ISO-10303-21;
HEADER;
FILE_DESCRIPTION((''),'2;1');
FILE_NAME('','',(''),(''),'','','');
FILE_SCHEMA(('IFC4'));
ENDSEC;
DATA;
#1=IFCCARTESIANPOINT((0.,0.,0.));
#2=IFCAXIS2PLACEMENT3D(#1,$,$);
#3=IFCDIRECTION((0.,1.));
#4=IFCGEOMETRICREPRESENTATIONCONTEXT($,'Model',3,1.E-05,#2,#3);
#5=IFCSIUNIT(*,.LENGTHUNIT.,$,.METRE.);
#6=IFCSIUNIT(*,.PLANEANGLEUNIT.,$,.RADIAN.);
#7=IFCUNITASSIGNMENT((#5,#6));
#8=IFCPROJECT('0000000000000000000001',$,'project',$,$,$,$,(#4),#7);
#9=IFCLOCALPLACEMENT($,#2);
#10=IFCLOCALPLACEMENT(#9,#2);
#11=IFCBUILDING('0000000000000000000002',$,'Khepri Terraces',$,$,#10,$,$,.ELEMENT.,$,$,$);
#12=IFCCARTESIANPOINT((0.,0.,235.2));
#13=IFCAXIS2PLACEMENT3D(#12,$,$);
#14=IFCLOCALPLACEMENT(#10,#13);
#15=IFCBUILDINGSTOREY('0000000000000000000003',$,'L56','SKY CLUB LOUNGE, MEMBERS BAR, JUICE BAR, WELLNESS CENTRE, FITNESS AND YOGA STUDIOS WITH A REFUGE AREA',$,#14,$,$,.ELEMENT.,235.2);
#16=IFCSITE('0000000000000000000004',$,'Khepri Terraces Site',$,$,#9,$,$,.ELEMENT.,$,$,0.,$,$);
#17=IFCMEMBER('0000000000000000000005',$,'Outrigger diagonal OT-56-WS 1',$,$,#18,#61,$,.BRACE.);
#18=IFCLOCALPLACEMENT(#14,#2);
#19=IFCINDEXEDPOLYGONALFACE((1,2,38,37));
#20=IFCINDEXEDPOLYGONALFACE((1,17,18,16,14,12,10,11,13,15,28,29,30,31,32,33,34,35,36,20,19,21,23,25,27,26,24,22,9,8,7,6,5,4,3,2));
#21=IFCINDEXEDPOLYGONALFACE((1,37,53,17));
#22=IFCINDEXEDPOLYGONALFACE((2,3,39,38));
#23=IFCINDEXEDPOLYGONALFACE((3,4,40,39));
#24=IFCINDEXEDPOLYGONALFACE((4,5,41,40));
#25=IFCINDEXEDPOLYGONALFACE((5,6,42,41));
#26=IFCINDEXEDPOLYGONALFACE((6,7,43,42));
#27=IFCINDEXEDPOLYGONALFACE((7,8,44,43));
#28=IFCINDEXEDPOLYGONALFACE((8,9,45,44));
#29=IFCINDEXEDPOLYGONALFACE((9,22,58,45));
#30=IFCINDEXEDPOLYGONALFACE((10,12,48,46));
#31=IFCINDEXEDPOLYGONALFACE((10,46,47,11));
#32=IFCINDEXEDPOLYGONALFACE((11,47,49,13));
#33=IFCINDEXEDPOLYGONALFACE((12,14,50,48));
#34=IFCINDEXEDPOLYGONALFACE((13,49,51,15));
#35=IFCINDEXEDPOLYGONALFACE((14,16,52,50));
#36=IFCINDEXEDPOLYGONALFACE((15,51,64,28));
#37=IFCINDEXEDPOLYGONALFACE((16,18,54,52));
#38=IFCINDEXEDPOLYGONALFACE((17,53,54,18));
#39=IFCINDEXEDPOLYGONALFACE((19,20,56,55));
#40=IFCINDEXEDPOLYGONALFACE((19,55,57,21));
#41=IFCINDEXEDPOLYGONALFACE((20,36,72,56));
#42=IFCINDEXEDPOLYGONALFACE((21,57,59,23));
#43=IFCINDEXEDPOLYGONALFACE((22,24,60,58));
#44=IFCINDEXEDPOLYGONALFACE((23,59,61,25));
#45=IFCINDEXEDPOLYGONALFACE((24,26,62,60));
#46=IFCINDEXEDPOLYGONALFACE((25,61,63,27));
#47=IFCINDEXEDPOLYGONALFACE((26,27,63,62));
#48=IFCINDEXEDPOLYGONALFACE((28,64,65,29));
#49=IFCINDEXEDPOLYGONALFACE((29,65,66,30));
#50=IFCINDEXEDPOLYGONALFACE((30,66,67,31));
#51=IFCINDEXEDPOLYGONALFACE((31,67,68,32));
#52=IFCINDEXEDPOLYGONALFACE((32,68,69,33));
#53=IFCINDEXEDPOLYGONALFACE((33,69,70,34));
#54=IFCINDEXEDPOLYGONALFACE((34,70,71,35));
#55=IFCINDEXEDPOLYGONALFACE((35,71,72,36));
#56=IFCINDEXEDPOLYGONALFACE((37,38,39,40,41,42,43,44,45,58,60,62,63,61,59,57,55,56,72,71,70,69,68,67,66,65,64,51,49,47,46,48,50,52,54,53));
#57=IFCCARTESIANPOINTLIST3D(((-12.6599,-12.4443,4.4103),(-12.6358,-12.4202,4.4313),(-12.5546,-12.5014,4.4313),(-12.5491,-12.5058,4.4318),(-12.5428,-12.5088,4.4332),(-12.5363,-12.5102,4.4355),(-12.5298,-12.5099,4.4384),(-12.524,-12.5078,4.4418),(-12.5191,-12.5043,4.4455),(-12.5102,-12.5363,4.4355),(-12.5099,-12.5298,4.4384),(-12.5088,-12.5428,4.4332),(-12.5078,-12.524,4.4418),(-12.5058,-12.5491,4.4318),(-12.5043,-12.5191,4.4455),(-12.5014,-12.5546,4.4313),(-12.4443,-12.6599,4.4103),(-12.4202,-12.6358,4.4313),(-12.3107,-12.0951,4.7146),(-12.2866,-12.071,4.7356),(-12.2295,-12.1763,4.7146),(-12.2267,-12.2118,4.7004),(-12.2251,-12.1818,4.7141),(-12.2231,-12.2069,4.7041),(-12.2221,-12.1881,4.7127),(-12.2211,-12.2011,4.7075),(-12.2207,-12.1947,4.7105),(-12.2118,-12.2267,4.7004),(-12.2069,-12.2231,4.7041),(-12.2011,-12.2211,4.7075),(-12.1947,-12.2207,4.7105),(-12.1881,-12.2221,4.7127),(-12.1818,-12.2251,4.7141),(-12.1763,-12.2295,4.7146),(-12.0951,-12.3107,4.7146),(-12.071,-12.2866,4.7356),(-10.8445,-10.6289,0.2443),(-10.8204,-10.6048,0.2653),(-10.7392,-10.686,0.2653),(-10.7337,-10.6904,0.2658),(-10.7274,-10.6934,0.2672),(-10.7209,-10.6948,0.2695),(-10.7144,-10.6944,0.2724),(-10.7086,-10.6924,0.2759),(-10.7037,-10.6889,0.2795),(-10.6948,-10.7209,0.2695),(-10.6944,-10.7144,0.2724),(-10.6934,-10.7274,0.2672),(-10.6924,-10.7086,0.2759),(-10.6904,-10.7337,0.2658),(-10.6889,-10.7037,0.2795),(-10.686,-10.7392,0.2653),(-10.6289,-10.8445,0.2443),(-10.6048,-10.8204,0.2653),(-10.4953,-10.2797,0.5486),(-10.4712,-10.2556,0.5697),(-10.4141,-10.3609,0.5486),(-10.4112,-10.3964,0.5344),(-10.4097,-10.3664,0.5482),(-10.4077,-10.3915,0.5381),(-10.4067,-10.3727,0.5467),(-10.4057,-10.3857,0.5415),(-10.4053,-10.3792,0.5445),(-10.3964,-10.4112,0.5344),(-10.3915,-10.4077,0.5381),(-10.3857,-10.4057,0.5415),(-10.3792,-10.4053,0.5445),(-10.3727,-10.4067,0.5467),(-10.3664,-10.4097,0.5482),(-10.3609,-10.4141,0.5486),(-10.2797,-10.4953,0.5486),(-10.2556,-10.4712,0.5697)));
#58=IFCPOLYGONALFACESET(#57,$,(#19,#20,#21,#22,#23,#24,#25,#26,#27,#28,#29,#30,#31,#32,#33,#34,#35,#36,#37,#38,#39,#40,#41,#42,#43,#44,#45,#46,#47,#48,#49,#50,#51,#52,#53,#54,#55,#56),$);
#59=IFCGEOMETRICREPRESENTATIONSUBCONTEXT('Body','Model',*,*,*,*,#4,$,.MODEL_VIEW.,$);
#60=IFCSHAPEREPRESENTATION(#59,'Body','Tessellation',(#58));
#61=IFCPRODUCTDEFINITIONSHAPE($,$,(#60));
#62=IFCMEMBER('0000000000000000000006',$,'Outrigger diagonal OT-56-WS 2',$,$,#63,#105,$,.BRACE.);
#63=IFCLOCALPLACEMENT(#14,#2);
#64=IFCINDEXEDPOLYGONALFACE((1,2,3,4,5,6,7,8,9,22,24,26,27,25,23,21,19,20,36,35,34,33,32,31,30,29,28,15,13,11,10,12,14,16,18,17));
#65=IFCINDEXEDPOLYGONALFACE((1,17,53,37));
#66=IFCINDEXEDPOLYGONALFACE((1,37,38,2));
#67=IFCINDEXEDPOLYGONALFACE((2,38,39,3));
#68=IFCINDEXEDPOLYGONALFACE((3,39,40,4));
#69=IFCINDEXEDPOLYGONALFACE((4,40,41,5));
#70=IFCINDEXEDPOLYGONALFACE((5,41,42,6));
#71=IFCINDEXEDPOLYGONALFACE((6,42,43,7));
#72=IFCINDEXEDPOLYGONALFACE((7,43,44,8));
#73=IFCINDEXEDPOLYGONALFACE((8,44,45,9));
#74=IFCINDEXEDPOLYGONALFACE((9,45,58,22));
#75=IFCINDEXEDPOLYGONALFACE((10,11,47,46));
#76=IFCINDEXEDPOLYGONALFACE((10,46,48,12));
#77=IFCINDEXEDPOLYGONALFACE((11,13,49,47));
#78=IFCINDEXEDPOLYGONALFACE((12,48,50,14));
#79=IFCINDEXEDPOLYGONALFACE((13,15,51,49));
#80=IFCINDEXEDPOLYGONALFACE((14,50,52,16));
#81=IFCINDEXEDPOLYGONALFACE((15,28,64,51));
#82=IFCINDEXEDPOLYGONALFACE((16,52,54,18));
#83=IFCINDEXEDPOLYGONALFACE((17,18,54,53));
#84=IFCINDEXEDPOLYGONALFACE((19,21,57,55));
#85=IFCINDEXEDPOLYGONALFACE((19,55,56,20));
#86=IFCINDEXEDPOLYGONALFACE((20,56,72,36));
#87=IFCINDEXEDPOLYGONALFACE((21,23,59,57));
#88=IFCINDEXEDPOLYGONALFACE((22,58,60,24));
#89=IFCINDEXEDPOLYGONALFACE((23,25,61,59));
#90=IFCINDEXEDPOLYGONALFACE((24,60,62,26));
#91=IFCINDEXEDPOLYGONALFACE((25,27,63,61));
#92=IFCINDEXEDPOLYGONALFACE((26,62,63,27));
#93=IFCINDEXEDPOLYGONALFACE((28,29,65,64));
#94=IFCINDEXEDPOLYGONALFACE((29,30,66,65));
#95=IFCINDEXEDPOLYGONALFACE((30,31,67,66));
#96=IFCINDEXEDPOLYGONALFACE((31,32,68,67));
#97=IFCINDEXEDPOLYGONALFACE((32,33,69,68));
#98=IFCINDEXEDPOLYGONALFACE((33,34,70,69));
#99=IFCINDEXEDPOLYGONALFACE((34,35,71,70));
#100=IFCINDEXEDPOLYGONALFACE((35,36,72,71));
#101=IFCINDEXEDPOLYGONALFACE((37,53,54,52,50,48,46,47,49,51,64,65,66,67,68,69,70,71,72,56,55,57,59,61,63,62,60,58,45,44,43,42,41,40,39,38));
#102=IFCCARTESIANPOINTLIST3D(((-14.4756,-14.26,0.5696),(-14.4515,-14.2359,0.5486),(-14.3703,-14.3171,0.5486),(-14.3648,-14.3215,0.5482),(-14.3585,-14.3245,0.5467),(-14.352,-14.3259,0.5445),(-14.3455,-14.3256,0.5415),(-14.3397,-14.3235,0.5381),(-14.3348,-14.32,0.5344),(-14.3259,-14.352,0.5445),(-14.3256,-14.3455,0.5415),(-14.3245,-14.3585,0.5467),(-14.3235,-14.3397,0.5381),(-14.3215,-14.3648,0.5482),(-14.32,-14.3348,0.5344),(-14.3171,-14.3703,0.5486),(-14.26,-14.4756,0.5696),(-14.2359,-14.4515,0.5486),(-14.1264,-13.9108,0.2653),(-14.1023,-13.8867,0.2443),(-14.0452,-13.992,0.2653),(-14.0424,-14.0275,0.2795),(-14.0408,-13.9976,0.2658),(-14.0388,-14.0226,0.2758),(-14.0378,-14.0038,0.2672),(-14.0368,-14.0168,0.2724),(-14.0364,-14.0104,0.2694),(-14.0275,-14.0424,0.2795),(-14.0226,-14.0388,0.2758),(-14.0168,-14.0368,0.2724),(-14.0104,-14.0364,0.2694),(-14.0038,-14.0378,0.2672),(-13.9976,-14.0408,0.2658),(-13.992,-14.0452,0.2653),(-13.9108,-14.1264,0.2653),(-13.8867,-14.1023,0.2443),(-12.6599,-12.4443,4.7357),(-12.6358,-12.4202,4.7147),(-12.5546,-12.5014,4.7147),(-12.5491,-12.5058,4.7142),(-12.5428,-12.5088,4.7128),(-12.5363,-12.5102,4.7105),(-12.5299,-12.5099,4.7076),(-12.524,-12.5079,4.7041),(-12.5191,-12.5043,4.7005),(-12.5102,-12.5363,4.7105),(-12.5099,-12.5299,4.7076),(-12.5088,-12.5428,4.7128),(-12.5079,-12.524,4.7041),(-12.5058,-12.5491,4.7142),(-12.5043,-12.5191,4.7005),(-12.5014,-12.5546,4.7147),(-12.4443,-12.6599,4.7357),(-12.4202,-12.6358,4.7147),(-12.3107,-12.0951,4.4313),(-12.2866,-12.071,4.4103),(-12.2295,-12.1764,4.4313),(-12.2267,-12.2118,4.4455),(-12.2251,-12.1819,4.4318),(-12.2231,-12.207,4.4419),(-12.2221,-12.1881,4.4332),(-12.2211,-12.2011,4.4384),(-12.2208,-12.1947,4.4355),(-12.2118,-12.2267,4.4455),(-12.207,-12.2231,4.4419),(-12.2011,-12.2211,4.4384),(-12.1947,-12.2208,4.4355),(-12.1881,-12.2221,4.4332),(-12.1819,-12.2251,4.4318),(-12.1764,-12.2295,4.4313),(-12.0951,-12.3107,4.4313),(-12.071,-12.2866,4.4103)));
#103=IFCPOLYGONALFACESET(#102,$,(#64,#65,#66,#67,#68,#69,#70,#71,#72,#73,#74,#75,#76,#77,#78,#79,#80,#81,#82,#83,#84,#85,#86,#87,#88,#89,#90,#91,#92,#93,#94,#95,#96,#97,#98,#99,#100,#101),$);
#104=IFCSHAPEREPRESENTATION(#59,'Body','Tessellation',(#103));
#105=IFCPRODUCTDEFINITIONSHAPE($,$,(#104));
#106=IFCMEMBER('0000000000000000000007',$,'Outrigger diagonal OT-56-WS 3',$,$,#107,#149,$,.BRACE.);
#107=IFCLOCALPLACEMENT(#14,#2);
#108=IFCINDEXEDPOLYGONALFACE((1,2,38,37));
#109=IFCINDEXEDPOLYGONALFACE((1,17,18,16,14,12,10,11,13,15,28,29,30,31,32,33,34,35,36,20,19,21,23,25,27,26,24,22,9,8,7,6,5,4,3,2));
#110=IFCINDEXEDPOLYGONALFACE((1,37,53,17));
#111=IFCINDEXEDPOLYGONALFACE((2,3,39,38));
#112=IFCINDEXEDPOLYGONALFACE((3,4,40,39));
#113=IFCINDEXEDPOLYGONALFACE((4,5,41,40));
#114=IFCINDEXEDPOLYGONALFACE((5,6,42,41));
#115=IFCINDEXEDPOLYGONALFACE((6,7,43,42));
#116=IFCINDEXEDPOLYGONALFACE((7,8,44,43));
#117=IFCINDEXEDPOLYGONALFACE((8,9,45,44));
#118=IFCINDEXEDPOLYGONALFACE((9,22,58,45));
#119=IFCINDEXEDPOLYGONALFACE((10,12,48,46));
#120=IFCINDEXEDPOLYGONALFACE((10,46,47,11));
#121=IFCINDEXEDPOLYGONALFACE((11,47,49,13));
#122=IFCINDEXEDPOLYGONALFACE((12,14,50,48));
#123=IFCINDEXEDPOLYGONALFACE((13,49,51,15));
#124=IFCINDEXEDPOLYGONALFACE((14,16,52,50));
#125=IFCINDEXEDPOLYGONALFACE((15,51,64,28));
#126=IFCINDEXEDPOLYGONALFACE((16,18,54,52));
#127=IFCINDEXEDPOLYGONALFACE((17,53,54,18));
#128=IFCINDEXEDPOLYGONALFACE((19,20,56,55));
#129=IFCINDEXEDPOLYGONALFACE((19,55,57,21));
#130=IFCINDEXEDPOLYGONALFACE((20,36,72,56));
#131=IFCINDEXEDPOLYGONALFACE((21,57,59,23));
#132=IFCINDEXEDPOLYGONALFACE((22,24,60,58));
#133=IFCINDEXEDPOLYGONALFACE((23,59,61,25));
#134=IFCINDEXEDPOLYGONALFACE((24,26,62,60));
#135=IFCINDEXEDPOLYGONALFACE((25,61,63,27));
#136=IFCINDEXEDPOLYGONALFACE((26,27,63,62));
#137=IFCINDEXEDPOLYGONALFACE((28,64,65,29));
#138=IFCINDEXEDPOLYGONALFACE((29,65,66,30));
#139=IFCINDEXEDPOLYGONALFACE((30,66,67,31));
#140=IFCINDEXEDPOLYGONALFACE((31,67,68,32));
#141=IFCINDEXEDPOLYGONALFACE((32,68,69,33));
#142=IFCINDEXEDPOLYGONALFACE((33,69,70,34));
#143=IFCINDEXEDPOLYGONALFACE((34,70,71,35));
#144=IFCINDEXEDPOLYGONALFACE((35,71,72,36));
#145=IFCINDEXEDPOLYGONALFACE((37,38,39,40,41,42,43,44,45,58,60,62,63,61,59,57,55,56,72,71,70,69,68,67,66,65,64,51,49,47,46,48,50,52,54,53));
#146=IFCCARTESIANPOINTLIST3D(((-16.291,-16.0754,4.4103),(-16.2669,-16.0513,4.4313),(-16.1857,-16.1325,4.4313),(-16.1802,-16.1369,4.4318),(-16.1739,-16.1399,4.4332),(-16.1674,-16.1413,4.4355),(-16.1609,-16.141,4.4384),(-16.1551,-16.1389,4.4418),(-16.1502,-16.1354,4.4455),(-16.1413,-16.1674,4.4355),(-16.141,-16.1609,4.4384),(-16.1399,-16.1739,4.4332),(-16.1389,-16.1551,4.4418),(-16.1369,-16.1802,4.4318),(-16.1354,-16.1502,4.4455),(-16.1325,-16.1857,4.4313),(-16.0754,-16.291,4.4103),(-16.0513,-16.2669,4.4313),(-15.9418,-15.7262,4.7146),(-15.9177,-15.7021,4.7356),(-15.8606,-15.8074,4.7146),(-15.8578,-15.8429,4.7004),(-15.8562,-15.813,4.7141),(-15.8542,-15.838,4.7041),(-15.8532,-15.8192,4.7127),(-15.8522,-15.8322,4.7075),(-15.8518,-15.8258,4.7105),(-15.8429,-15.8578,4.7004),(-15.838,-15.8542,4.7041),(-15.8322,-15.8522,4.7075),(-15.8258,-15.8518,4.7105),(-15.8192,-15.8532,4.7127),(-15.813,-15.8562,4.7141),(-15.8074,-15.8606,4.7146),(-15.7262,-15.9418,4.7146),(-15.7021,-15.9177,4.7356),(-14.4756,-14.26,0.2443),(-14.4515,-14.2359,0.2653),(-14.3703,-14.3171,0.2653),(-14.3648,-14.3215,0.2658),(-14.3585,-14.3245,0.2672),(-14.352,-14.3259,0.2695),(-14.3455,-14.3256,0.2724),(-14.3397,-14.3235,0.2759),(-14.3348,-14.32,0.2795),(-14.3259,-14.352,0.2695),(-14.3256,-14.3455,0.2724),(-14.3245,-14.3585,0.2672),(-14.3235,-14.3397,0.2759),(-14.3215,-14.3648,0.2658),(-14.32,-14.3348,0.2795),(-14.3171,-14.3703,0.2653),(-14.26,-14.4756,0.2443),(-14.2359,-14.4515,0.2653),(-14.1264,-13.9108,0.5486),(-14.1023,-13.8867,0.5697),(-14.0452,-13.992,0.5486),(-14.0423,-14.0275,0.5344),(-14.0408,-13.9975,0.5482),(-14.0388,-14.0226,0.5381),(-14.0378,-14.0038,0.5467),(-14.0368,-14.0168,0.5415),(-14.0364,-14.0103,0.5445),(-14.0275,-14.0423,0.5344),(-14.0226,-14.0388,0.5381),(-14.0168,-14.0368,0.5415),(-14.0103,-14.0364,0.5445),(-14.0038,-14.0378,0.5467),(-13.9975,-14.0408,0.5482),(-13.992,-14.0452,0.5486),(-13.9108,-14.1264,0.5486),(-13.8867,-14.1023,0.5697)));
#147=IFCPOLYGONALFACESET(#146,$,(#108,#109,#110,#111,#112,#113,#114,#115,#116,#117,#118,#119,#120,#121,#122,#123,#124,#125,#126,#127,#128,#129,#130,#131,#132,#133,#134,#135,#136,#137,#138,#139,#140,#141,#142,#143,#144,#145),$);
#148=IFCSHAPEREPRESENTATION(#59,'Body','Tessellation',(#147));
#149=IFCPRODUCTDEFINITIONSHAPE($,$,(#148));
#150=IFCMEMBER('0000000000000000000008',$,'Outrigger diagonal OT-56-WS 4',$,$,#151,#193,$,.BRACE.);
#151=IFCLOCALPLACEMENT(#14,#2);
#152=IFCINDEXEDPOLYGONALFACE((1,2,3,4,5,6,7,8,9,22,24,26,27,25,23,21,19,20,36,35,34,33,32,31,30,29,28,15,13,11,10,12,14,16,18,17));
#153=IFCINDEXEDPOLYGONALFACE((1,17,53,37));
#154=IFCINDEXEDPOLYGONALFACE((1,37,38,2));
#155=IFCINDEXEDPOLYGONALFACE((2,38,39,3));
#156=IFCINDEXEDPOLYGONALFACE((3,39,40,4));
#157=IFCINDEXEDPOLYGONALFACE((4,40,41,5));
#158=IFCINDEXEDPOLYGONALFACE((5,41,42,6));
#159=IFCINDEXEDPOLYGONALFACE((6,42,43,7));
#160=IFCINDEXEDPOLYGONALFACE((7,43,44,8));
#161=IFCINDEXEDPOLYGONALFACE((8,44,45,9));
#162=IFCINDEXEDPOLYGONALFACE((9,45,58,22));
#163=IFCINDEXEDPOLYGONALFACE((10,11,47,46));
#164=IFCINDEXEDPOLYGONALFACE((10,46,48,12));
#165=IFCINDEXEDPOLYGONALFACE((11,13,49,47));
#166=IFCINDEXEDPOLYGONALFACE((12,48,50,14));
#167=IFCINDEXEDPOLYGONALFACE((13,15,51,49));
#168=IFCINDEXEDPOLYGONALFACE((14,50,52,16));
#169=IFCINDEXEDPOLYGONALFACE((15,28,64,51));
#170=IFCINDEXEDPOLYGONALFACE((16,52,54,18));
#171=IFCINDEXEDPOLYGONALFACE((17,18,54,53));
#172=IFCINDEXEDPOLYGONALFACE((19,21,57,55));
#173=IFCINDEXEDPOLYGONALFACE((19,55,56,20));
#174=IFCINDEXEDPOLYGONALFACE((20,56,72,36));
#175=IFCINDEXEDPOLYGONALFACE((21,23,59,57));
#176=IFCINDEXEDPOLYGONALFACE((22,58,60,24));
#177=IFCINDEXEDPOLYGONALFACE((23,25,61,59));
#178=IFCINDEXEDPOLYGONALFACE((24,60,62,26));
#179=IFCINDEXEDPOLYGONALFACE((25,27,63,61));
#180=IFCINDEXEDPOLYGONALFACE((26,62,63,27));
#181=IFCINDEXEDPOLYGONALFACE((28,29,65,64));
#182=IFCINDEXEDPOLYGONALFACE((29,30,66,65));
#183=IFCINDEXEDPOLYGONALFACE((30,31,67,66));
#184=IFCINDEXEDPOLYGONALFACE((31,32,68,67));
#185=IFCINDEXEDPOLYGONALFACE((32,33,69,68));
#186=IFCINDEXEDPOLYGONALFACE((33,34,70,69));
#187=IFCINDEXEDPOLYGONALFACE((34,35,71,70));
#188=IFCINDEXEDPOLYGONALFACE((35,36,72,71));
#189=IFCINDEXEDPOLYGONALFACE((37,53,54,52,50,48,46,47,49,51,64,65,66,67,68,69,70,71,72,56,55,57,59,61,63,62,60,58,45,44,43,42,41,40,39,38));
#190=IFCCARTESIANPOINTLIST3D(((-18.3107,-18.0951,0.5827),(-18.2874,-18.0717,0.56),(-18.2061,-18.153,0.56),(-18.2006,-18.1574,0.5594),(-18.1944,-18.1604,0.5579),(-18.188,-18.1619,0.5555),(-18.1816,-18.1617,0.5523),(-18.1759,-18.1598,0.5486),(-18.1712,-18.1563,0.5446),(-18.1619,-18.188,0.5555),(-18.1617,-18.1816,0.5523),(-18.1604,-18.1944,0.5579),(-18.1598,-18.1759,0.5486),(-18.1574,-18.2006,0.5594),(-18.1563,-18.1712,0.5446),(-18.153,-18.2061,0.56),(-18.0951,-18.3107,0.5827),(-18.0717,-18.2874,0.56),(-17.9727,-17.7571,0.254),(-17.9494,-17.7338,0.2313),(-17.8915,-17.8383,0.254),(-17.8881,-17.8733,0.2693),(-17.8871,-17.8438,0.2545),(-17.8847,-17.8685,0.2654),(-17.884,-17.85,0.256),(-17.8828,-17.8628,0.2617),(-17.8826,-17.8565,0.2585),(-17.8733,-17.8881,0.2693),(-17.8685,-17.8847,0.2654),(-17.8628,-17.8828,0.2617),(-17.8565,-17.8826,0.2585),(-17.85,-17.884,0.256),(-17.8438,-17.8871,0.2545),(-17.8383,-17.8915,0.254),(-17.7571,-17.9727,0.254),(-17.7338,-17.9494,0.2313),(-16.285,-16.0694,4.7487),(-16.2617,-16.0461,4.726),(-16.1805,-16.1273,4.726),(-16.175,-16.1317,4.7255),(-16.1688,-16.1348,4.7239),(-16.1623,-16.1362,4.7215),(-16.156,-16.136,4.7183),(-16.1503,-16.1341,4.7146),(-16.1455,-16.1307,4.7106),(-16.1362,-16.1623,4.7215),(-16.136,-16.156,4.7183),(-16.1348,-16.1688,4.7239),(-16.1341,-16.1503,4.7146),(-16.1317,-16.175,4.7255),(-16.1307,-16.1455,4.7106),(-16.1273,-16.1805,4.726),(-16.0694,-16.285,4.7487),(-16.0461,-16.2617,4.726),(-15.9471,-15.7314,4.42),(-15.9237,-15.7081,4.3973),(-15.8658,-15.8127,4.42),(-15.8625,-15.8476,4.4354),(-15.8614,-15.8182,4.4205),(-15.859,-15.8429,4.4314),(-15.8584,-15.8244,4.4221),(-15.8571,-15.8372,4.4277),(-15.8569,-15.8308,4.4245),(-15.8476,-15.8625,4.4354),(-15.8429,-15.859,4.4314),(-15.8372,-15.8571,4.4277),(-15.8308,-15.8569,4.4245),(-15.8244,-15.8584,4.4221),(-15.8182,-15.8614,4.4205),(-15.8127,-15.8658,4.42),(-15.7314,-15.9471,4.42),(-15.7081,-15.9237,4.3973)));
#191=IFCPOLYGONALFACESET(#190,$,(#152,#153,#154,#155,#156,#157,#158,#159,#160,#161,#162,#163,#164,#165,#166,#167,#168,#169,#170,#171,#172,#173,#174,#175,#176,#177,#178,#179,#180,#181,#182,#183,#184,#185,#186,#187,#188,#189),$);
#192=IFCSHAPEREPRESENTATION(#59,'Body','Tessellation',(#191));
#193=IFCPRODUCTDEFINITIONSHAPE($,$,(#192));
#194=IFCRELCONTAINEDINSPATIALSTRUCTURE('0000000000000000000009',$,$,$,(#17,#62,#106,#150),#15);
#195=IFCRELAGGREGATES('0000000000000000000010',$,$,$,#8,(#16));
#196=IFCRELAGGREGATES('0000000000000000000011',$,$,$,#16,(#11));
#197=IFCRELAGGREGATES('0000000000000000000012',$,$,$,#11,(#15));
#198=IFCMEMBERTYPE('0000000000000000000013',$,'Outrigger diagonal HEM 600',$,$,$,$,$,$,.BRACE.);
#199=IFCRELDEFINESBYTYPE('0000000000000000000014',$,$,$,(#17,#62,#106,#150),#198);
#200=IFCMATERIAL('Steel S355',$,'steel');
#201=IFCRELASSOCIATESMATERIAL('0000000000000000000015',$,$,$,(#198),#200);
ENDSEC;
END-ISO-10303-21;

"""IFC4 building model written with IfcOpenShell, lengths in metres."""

from ifc_helpers import new_model, si_unit, direction, frame, origin, origin_2d, place, context, subcontext, project, spatial, i_section, extrude, material, material_profile, profile_set, type_object, element, save


model = new_model("IFC4")

# Units and contexts
model_context = context("Model", 3, precision=1e-05, world=origin(), true_north=direction((0.0, 1.0)))
body_context = subcontext(model_context, "Body", "Model", "MODEL_VIEW")
ifc_project = project(units=[si_unit("LENGTHUNIT", "METRE"), si_unit("PLANEANGLEUNIT", "RADIAN")], contexts=[model_context])

# Site, building, storey
site_placement = place(None, origin())
site = spatial("IfcSite", under=ifc_project, at=site_placement, Name="Khepri Terraces Site", CompositionType="ELEMENT", RefElevation=0.0)
building_placement = place(site_placement, origin())
building = spatial("IfcBuilding", under=site, at=building_placement, Name="Khepri Terraces", CompositionType="ELEMENT")
storey_placement = place(building_placement, frame((0.0, 0.0, 235.2)))
storey = spatial("IfcBuildingStorey", under=building, at=storey_placement, Name="L56", Description="SKY CLUB LOUNGE, MEMBERS BAR, JUICE BAR, WELLNESS CENTRE, FITNESS AND YOGA STUDIOS WITH A REFUGE AREA", CompositionType="ELEMENT", Elevation=235.2)

# Members
ifc_material_1 = material(Name="Steel S355", Category="steel")
ifc_material_profile_1 = material_profile(ifc_material_1, i_section(OverallWidth=0.3049, OverallDepth=0.6201, WebThickness=0.021, FlangeThickness=0.04, FilletRadius=0.0271, at=origin_2d()), Name="Steel S355", Category="steel")
ifc_profile_set_1 = profile_set([ifc_material_profile_1], Name="Steel S355")
member_type_1 = type_object("IfcMemberType", Name="Outrigger diagonal HEM 600", PredefinedType="BRACE", material=ifc_profile_set_1)
member_1_placement = place(storey_placement, frame((-10.55, -10.55, 0.407), z_axis=(-0.370981, -0.370981, 0.85132), x_axis=(0.707107, -0.707107, 0.0)))
element("IfcMember", 1, at=member_1_placement, inside=storey, type_object=member_type_1, Name="Outrigger diagonal OT-56-WS 1", PredefinedType="BRACE", context=body_context, shape_type="SweptSolid", body=[
    extrude(i_section(OverallWidth=0.3049, OverallDepth=0.6201, WebThickness=0.021, FlangeThickness=0.04, FilletRadius=0.0271, at=origin_2d()), origin(), (0.0, 0.0, 1.0), 4.8936),
])
member_2_placement = place(storey_placement, frame((-12.3655, -12.3655, 4.573), z_axis=(-0.371017, -0.371017, -0.851289), x_axis=(0.707107, -0.707107, 0.0)))
element("IfcMember", 2, at=member_2_placement, inside=storey, type_object=member_type_1, Name="Outrigger diagonal OT-56-WS 2", PredefinedType="BRACE", context=body_context, shape_type="SweptSolid", body=[
    extrude(i_section(OverallWidth=0.3049, OverallDepth=0.6201, WebThickness=0.021, FlangeThickness=0.04, FilletRadius=0.0271, at=origin_2d()), origin(), (0.0, 0.0, 1.0), 4.8938),
])
member_3_placement = place(storey_placement, frame((-14.1812, -14.1812, 0.407), z_axis=(-0.370981, -0.370981, 0.85132), x_axis=(0.707107, -0.707107, 0.0)))
element("IfcMember", 3, at=member_3_placement, inside=storey, type_object=member_type_1, Name="Outrigger diagonal OT-56-WS 3", PredefinedType="BRACE", context=body_context, shape_type="SweptSolid", body=[
    extrude(i_section(OverallWidth=0.3049, OverallDepth=0.6201, WebThickness=0.021, FlangeThickness=0.04, FilletRadius=0.0271, at=origin_2d()), origin(), (0.0, 0.0, 1.0), 4.8936),
])
member_4_placement = place(storey_placement, frame((-15.9966, -15.9966, 4.573), z_axis=(-0.400648, -0.400648, -0.823992), x_axis=(0.707107, -0.707107, 0.0)))
element("IfcMember", 4, at=member_4_placement, inside=storey, type_object=member_type_1, Name="Outrigger diagonal OT-56-WS 4", PredefinedType="BRACE", context=body_context, shape_type="SweptSolid", body=[
    extrude(i_section(OverallWidth=0.3049, OverallDepth=0.6201, WebThickness=0.021, FlangeThickness=0.04, FilletRadius=0.0271, at=origin_2d()), origin(), (0.0, 0.0, 1.0), 5.0559),
])

save(model, "model.ifc")
